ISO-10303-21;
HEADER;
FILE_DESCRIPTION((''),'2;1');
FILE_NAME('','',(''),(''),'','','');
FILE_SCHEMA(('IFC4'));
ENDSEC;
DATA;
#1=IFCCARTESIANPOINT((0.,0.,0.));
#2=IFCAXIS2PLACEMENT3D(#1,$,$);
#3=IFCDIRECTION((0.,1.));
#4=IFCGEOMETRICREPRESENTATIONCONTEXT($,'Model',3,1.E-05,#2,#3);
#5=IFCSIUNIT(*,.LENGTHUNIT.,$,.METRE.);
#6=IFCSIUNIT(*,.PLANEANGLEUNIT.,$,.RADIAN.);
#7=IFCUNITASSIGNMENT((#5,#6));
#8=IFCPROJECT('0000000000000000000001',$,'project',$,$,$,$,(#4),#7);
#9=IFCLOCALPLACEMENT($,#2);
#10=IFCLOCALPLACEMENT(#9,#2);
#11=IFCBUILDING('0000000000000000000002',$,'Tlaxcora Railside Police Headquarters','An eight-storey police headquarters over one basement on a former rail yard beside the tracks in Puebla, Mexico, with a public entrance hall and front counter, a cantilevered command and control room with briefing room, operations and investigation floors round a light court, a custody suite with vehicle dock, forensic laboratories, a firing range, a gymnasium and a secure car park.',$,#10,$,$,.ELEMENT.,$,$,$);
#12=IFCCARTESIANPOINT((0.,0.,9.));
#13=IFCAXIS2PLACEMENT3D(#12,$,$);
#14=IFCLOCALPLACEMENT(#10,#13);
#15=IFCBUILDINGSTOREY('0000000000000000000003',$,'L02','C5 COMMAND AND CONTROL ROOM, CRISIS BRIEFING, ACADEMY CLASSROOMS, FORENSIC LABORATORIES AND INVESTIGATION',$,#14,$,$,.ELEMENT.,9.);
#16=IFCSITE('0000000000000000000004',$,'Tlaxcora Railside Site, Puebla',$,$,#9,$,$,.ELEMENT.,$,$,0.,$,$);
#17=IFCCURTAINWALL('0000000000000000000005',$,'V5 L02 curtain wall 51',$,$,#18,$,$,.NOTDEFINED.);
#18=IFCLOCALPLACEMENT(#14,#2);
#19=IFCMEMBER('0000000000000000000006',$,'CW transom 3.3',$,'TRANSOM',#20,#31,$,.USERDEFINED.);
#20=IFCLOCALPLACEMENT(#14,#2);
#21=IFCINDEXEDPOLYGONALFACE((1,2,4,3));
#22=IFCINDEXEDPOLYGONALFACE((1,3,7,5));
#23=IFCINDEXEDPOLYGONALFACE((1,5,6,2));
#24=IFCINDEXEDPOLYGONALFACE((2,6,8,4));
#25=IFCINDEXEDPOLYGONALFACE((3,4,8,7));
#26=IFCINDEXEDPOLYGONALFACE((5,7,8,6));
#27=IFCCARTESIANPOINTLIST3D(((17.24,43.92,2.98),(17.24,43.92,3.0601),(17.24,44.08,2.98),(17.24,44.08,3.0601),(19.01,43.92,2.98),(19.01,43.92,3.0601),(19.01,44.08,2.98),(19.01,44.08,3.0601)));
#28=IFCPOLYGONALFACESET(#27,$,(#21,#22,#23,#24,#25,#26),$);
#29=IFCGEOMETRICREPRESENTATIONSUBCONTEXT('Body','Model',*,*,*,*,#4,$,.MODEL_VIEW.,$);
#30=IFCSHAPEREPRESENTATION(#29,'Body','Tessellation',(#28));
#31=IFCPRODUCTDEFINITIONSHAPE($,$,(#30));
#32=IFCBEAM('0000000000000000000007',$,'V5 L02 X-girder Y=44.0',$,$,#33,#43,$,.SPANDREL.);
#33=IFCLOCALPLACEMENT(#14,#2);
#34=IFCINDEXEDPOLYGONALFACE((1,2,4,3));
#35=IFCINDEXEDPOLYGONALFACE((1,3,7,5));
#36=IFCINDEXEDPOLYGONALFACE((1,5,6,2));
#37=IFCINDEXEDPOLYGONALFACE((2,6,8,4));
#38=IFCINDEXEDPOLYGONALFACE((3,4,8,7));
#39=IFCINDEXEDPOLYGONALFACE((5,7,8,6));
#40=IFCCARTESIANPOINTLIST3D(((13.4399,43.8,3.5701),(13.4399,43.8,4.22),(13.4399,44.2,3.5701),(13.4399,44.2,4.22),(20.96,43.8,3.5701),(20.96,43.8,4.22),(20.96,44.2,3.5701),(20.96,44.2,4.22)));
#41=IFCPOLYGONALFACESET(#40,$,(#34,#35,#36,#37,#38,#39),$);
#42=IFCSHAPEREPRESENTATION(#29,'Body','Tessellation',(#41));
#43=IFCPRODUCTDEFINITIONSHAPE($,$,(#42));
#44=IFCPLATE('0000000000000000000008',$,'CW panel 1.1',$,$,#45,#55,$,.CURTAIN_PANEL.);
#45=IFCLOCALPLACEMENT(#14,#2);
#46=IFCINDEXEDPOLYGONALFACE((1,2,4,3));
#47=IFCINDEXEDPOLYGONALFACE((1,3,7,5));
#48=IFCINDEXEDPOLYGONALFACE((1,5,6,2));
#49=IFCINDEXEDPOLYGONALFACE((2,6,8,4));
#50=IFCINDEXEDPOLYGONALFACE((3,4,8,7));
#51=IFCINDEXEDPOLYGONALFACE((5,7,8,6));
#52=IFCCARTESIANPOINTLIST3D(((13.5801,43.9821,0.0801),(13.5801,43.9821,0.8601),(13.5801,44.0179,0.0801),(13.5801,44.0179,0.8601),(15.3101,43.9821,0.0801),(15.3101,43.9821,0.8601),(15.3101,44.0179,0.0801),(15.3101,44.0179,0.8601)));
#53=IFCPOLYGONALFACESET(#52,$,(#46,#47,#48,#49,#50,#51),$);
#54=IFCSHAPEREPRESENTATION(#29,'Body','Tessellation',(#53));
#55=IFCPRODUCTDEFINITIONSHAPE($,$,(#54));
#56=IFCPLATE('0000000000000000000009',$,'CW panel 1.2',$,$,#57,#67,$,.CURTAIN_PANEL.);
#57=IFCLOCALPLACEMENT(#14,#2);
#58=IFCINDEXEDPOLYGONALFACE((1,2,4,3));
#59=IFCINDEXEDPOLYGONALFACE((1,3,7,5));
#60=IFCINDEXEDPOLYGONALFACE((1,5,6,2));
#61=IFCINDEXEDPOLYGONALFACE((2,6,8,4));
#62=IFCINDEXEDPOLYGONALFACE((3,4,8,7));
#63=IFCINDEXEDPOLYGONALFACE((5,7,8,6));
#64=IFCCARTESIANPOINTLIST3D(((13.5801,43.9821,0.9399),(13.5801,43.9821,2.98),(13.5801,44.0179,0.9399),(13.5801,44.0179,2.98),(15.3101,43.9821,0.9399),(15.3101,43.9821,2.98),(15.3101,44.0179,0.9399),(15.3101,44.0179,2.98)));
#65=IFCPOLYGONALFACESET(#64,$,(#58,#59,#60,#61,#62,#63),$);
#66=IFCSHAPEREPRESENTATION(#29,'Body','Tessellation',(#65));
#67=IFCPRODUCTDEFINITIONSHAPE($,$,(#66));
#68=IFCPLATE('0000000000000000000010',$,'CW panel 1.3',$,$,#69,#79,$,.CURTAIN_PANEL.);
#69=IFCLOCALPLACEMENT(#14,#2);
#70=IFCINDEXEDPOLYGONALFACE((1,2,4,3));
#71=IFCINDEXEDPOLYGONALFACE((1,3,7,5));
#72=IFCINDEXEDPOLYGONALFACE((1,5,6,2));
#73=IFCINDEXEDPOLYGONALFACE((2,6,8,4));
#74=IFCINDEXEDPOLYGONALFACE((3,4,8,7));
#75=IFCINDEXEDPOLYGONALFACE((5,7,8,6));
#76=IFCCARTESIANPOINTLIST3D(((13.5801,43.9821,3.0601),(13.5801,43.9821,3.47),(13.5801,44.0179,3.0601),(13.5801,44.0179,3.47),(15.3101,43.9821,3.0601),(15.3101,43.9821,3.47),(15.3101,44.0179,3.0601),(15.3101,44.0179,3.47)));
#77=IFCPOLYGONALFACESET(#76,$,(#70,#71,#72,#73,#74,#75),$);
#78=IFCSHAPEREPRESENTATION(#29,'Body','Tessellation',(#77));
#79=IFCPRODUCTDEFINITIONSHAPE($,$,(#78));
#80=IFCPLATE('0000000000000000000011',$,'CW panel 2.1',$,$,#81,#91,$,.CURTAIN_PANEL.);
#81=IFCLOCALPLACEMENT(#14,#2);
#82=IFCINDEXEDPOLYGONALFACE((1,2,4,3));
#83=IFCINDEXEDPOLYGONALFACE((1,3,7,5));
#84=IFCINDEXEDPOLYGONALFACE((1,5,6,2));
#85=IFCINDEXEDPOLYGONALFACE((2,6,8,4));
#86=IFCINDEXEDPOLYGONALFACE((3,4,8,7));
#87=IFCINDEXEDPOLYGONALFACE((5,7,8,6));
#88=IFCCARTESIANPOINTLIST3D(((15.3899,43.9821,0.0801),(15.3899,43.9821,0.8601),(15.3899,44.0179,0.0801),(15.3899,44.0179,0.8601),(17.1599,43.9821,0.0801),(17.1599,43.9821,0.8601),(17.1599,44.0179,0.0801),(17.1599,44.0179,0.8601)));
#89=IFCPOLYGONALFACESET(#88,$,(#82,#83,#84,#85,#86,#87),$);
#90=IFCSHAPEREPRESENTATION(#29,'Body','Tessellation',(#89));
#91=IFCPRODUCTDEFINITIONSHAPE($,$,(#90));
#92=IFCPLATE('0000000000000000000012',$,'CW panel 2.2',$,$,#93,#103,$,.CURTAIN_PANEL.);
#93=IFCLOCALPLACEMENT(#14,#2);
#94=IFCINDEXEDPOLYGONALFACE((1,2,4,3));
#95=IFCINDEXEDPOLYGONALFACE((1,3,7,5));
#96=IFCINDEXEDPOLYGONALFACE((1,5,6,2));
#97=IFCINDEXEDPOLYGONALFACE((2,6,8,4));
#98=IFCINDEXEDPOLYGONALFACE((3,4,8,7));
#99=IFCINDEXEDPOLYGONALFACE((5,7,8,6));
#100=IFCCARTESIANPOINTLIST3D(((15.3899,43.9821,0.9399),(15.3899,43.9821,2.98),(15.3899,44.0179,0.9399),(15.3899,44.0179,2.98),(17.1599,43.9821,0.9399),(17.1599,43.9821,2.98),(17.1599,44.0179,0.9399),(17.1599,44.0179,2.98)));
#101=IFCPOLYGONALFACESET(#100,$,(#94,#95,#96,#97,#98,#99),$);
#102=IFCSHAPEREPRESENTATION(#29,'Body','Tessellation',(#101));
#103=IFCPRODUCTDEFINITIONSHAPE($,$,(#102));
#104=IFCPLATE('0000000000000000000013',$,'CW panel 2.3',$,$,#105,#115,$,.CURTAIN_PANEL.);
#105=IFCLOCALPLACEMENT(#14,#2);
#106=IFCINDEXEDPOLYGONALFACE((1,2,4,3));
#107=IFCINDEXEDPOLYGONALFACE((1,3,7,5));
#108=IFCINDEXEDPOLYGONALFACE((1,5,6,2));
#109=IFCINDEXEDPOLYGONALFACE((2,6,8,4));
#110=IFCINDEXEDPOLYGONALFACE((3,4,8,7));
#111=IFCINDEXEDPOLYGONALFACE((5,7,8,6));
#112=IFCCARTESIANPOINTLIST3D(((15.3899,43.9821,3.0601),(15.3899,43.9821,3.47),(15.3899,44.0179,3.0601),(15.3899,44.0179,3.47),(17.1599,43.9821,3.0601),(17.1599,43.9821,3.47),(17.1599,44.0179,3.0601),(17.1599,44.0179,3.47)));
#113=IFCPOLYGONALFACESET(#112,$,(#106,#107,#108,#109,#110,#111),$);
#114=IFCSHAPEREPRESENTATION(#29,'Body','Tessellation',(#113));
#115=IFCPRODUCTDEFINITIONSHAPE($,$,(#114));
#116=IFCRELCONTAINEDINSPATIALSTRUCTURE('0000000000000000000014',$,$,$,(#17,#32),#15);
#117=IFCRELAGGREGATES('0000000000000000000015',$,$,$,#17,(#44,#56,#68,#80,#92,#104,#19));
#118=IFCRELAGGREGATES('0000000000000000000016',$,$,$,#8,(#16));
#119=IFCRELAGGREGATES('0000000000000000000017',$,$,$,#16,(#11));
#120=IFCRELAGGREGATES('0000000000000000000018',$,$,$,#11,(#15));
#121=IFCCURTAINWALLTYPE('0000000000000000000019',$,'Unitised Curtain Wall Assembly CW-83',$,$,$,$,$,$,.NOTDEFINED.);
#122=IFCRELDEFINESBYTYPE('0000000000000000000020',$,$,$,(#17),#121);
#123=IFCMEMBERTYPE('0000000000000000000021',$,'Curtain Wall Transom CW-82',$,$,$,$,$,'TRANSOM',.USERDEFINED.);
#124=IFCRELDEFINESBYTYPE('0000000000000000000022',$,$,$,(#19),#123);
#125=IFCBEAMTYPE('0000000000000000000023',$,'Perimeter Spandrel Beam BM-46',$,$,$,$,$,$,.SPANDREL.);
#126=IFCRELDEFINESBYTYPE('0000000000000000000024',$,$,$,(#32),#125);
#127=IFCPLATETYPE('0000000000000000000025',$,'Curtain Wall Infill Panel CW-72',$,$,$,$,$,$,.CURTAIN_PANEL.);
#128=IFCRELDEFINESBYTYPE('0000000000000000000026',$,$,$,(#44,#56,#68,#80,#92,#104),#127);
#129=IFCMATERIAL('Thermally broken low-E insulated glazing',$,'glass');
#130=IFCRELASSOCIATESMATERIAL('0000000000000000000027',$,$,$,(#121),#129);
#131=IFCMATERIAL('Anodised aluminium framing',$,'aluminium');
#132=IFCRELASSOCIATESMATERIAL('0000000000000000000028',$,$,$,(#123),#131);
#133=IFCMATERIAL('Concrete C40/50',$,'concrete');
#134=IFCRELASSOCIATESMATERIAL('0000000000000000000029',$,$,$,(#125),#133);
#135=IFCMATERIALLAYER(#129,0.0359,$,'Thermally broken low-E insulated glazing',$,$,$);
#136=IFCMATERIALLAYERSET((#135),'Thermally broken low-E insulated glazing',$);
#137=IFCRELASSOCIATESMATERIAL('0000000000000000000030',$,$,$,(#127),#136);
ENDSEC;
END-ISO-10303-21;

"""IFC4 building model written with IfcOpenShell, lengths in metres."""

from ifc_helpers import new_model, si_unit, direction, frame, origin, origin_2d, place, context, subcontext, project, spatial, rectangle, extrude, material, layer, layer_set, material_profile, profile_set, type_object, element, aggregate, save


model = new_model("IFC4")

# Units and contexts
model_context = context("Model", 3, precision=1e-05, world=origin(), true_north=direction((0.0, 1.0)))
body_context = subcontext(model_context, "Body", "Model", "MODEL_VIEW")
ifc_project = project(units=[si_unit("LENGTHUNIT", "METRE"), si_unit("PLANEANGLEUNIT", "RADIAN")], contexts=[model_context])

# Site, building, storey
site_placement = place(None, origin())
site = spatial("IfcSite", under=ifc_project, at=site_placement, Name="Tlaxcora Railside Site, Puebla", CompositionType="ELEMENT", RefElevation=0.0)
building_placement = place(site_placement, origin())
building = spatial("IfcBuilding", under=site, at=building_placement, Name="Tlaxcora Railside Police Headquarters", Description="An eight-storey police headquarters over one basement on a former rail yard beside the tracks in Puebla, Mexico, with a public entrance hall and front counter, a cantilevered command and control room with briefing room, operations and investigation floors round a light court, a custody suite with vehicle dock, forensic laboratories, a firing range, a gymnasium and a secure car park.", CompositionType="ELEMENT")
storey_placement = place(building_placement, frame((0.0, 0.0, 9.0)))
storey = spatial("IfcBuildingStorey", under=building, at=storey_placement, Name="L02", Description="C5 COMMAND AND CONTROL ROOM, CRISIS BRIEFING, ACADEMY CLASSROOMS, FORENSIC LABORATORIES AND INVESTIGATION", CompositionType="ELEMENT", Elevation=9.0)

# Shared definitions
ifc_material_1 = material(Name="Concrete C40/50", Category="concrete")

# Curtain wall, member
ifc_material_2 = material(Name="Thermally broken low-E insulated glazing", Category="glass")
curtain_wall_type = type_object("IfcCurtainWallType", Name="Unitised Curtain Wall Assembly CW-83", PredefinedType="NOTDEFINED", material=ifc_material_2)
curtain_wall_placement = place(storey_placement, origin())
curtain_wall = element("IfcCurtainWall", 1, at=curtain_wall_placement, inside=storey, type_object=curtain_wall_type, Name="V5 L02 curtain wall 51", PredefinedType="NOTDEFINED")
ifc_material_3 = material(Name="Anodised aluminium framing", Category="aluminium")
ifc_material_profile_1 = material_profile(ifc_material_3, rectangle(XDim=0.1599, YDim=0.0801, at=origin_2d()), Name="AL80X160")
ifc_profile_set_1 = profile_set([ifc_material_profile_1], Name="Anodised aluminium framing")
member_type_1 = type_object("IfcMemberType", Name="Curtain Wall Transom CW-82", ElementType="TRANSOM", PredefinedType="USERDEFINED", material=ifc_profile_set_1)
member_1_placement = place(storey_placement, frame((17.24, 44.0, 3.02), z_axis=(1.0, 0.0, 0.0), x_axis=(0.0, 1.0, 0.0)))
member_1 = element("IfcMember", 2, at=member_1_placement, type_object=member_type_1, Name="CW transom 3.3", ObjectType="TRANSOM", PredefinedType="USERDEFINED", context=body_context, shape_type="SweptSolid", body=[
    extrude(rectangle(XDim=0.1599, YDim=0.0801, at=origin_2d()), origin(), (0.0, 0.0, 1.0), 1.77),
])

# Beam
ifc_material_profile_2 = material_profile(ifc_material_1, rectangle(XDim=0.3999, YDim=0.6499, at=origin_2d()), Name="RC400X650")
ifc_profile_set_2 = profile_set([ifc_material_profile_2], Name="Concrete C40/50")
beam_type = type_object("IfcBeamType", Name="Perimeter Spandrel Beam BM-46", PredefinedType="SPANDREL", material=ifc_profile_set_2)
beam_placement = place(storey_placement, frame((13.4399, 44.0, 3.895), z_axis=(1.0, 0.0, 0.0), x_axis=(0.0, 1.0, 0.0)))
element("IfcBeam", 3, at=beam_placement, inside=storey, type_object=beam_type, Name="V5 L02 X-girder Y=44.0", PredefinedType="SPANDREL", context=body_context, shape_type="SweptSolid", body=[
    extrude(rectangle(XDim=0.3999, YDim=0.6499, at=origin_2d()), origin(), (0.0, 0.0, 1.0), 7.52),
])

# Plates
ifc_layer = layer(ifc_material_2, 0.0359, Name="Thermally broken low-E insulated glazing")
ifc_layer_set = layer_set([ifc_layer], Name="Thermally broken low-E insulated glazing")
plate_type = type_object("IfcPlateType", Name="Curtain Wall Infill Panel CW-72", PredefinedType="CURTAIN_PANEL", material=ifc_layer_set)
plate_1_placement = place(storey_placement, frame((14.4451, 44.0, 0.0801), z_axis=(0.0, 0.0, 1.0), x_axis=(1.0, 0.0, 0.0)))
plate_1 = element("IfcPlate", 4, at=plate_1_placement, type_object=plate_type, Name="CW panel 1.1", PredefinedType="CURTAIN_PANEL", context=body_context, shape_type="SweptSolid", body=[
    extrude(rectangle(XDim=1.73, YDim=0.0359, at=origin_2d()), origin(), (0.0, 0.0, 1.0), 0.78),
])
plate_2_placement = place(storey_placement, frame((14.4451, 44.0, 0.9399), z_axis=(0.0, 0.0, 1.0), x_axis=(1.0, 0.0, 0.0)))
plate_2 = element("IfcPlate", 5, at=plate_2_placement, type_object=plate_type, Name="CW panel 1.2", PredefinedType="CURTAIN_PANEL", context=body_context, shape_type="SweptSolid", body=[
    extrude(rectangle(XDim=1.73, YDim=0.0359, at=origin_2d()), origin(), (0.0, 0.0, 1.0), 2.04),
])
plate_3_placement = place(storey_placement, frame((14.4451, 44.0, 3.0601), z_axis=(0.0, 0.0, 1.0), x_axis=(1.0, 0.0, 0.0)))
plate_3 = element("IfcPlate", 6, at=plate_3_placement, type_object=plate_type, Name="CW panel 1.3", PredefinedType="CURTAIN_PANEL", context=body_context, shape_type="SweptSolid", body=[
    extrude(rectangle(XDim=1.73, YDim=0.0359, at=origin_2d()), origin(), (0.0, 0.0, 1.0), 0.4099),
])
plate_4_placement = place(storey_placement, frame((16.2749, 44.0, 0.0801), z_axis=(0.0, 0.0, 1.0), x_axis=(1.0, 0.0, 0.0)))
plate_4 = element("IfcPlate", 7, at=plate_4_placement, type_object=plate_type, Name="CW panel 2.1", PredefinedType="CURTAIN_PANEL", context=body_context, shape_type="SweptSolid", body=[
    extrude(rectangle(XDim=1.77, YDim=0.0359, at=origin_2d()), origin(), (0.0, 0.0, 1.0), 0.78),
])
plate_5_placement = place(storey_placement, frame((16.2749, 44.0, 0.9399), z_axis=(0.0, 0.0, 1.0), x_axis=(1.0, 0.0, 0.0)))
plate_5 = element("IfcPlate", 8, at=plate_5_placement, type_object=plate_type, Name="CW panel 2.2", PredefinedType="CURTAIN_PANEL", context=body_context, shape_type="SweptSolid", body=[
    extrude(rectangle(XDim=1.77, YDim=0.0359, at=origin_2d()), origin(), (0.0, 0.0, 1.0), 2.04),
])
plate_6_placement = place(storey_placement, frame((16.2749, 44.0, 3.0601), z_axis=(0.0, 0.0, 1.0), x_axis=(1.0, 0.0, 0.0)))
plate_6 = element("IfcPlate", 9, at=plate_6_placement, type_object=plate_type, Name="CW panel 2.3", PredefinedType="CURTAIN_PANEL", context=body_context, shape_type="SweptSolid", body=[
    extrude(rectangle(XDim=1.77, YDim=0.0359, at=origin_2d()), origin(), (0.0, 0.0, 1.0), 0.4099),
])
aggregate(curtain_wall, [plate_1, plate_2, plate_3, plate_4, plate_5, plate_6, member_1])

save(model, "model.ifc")
